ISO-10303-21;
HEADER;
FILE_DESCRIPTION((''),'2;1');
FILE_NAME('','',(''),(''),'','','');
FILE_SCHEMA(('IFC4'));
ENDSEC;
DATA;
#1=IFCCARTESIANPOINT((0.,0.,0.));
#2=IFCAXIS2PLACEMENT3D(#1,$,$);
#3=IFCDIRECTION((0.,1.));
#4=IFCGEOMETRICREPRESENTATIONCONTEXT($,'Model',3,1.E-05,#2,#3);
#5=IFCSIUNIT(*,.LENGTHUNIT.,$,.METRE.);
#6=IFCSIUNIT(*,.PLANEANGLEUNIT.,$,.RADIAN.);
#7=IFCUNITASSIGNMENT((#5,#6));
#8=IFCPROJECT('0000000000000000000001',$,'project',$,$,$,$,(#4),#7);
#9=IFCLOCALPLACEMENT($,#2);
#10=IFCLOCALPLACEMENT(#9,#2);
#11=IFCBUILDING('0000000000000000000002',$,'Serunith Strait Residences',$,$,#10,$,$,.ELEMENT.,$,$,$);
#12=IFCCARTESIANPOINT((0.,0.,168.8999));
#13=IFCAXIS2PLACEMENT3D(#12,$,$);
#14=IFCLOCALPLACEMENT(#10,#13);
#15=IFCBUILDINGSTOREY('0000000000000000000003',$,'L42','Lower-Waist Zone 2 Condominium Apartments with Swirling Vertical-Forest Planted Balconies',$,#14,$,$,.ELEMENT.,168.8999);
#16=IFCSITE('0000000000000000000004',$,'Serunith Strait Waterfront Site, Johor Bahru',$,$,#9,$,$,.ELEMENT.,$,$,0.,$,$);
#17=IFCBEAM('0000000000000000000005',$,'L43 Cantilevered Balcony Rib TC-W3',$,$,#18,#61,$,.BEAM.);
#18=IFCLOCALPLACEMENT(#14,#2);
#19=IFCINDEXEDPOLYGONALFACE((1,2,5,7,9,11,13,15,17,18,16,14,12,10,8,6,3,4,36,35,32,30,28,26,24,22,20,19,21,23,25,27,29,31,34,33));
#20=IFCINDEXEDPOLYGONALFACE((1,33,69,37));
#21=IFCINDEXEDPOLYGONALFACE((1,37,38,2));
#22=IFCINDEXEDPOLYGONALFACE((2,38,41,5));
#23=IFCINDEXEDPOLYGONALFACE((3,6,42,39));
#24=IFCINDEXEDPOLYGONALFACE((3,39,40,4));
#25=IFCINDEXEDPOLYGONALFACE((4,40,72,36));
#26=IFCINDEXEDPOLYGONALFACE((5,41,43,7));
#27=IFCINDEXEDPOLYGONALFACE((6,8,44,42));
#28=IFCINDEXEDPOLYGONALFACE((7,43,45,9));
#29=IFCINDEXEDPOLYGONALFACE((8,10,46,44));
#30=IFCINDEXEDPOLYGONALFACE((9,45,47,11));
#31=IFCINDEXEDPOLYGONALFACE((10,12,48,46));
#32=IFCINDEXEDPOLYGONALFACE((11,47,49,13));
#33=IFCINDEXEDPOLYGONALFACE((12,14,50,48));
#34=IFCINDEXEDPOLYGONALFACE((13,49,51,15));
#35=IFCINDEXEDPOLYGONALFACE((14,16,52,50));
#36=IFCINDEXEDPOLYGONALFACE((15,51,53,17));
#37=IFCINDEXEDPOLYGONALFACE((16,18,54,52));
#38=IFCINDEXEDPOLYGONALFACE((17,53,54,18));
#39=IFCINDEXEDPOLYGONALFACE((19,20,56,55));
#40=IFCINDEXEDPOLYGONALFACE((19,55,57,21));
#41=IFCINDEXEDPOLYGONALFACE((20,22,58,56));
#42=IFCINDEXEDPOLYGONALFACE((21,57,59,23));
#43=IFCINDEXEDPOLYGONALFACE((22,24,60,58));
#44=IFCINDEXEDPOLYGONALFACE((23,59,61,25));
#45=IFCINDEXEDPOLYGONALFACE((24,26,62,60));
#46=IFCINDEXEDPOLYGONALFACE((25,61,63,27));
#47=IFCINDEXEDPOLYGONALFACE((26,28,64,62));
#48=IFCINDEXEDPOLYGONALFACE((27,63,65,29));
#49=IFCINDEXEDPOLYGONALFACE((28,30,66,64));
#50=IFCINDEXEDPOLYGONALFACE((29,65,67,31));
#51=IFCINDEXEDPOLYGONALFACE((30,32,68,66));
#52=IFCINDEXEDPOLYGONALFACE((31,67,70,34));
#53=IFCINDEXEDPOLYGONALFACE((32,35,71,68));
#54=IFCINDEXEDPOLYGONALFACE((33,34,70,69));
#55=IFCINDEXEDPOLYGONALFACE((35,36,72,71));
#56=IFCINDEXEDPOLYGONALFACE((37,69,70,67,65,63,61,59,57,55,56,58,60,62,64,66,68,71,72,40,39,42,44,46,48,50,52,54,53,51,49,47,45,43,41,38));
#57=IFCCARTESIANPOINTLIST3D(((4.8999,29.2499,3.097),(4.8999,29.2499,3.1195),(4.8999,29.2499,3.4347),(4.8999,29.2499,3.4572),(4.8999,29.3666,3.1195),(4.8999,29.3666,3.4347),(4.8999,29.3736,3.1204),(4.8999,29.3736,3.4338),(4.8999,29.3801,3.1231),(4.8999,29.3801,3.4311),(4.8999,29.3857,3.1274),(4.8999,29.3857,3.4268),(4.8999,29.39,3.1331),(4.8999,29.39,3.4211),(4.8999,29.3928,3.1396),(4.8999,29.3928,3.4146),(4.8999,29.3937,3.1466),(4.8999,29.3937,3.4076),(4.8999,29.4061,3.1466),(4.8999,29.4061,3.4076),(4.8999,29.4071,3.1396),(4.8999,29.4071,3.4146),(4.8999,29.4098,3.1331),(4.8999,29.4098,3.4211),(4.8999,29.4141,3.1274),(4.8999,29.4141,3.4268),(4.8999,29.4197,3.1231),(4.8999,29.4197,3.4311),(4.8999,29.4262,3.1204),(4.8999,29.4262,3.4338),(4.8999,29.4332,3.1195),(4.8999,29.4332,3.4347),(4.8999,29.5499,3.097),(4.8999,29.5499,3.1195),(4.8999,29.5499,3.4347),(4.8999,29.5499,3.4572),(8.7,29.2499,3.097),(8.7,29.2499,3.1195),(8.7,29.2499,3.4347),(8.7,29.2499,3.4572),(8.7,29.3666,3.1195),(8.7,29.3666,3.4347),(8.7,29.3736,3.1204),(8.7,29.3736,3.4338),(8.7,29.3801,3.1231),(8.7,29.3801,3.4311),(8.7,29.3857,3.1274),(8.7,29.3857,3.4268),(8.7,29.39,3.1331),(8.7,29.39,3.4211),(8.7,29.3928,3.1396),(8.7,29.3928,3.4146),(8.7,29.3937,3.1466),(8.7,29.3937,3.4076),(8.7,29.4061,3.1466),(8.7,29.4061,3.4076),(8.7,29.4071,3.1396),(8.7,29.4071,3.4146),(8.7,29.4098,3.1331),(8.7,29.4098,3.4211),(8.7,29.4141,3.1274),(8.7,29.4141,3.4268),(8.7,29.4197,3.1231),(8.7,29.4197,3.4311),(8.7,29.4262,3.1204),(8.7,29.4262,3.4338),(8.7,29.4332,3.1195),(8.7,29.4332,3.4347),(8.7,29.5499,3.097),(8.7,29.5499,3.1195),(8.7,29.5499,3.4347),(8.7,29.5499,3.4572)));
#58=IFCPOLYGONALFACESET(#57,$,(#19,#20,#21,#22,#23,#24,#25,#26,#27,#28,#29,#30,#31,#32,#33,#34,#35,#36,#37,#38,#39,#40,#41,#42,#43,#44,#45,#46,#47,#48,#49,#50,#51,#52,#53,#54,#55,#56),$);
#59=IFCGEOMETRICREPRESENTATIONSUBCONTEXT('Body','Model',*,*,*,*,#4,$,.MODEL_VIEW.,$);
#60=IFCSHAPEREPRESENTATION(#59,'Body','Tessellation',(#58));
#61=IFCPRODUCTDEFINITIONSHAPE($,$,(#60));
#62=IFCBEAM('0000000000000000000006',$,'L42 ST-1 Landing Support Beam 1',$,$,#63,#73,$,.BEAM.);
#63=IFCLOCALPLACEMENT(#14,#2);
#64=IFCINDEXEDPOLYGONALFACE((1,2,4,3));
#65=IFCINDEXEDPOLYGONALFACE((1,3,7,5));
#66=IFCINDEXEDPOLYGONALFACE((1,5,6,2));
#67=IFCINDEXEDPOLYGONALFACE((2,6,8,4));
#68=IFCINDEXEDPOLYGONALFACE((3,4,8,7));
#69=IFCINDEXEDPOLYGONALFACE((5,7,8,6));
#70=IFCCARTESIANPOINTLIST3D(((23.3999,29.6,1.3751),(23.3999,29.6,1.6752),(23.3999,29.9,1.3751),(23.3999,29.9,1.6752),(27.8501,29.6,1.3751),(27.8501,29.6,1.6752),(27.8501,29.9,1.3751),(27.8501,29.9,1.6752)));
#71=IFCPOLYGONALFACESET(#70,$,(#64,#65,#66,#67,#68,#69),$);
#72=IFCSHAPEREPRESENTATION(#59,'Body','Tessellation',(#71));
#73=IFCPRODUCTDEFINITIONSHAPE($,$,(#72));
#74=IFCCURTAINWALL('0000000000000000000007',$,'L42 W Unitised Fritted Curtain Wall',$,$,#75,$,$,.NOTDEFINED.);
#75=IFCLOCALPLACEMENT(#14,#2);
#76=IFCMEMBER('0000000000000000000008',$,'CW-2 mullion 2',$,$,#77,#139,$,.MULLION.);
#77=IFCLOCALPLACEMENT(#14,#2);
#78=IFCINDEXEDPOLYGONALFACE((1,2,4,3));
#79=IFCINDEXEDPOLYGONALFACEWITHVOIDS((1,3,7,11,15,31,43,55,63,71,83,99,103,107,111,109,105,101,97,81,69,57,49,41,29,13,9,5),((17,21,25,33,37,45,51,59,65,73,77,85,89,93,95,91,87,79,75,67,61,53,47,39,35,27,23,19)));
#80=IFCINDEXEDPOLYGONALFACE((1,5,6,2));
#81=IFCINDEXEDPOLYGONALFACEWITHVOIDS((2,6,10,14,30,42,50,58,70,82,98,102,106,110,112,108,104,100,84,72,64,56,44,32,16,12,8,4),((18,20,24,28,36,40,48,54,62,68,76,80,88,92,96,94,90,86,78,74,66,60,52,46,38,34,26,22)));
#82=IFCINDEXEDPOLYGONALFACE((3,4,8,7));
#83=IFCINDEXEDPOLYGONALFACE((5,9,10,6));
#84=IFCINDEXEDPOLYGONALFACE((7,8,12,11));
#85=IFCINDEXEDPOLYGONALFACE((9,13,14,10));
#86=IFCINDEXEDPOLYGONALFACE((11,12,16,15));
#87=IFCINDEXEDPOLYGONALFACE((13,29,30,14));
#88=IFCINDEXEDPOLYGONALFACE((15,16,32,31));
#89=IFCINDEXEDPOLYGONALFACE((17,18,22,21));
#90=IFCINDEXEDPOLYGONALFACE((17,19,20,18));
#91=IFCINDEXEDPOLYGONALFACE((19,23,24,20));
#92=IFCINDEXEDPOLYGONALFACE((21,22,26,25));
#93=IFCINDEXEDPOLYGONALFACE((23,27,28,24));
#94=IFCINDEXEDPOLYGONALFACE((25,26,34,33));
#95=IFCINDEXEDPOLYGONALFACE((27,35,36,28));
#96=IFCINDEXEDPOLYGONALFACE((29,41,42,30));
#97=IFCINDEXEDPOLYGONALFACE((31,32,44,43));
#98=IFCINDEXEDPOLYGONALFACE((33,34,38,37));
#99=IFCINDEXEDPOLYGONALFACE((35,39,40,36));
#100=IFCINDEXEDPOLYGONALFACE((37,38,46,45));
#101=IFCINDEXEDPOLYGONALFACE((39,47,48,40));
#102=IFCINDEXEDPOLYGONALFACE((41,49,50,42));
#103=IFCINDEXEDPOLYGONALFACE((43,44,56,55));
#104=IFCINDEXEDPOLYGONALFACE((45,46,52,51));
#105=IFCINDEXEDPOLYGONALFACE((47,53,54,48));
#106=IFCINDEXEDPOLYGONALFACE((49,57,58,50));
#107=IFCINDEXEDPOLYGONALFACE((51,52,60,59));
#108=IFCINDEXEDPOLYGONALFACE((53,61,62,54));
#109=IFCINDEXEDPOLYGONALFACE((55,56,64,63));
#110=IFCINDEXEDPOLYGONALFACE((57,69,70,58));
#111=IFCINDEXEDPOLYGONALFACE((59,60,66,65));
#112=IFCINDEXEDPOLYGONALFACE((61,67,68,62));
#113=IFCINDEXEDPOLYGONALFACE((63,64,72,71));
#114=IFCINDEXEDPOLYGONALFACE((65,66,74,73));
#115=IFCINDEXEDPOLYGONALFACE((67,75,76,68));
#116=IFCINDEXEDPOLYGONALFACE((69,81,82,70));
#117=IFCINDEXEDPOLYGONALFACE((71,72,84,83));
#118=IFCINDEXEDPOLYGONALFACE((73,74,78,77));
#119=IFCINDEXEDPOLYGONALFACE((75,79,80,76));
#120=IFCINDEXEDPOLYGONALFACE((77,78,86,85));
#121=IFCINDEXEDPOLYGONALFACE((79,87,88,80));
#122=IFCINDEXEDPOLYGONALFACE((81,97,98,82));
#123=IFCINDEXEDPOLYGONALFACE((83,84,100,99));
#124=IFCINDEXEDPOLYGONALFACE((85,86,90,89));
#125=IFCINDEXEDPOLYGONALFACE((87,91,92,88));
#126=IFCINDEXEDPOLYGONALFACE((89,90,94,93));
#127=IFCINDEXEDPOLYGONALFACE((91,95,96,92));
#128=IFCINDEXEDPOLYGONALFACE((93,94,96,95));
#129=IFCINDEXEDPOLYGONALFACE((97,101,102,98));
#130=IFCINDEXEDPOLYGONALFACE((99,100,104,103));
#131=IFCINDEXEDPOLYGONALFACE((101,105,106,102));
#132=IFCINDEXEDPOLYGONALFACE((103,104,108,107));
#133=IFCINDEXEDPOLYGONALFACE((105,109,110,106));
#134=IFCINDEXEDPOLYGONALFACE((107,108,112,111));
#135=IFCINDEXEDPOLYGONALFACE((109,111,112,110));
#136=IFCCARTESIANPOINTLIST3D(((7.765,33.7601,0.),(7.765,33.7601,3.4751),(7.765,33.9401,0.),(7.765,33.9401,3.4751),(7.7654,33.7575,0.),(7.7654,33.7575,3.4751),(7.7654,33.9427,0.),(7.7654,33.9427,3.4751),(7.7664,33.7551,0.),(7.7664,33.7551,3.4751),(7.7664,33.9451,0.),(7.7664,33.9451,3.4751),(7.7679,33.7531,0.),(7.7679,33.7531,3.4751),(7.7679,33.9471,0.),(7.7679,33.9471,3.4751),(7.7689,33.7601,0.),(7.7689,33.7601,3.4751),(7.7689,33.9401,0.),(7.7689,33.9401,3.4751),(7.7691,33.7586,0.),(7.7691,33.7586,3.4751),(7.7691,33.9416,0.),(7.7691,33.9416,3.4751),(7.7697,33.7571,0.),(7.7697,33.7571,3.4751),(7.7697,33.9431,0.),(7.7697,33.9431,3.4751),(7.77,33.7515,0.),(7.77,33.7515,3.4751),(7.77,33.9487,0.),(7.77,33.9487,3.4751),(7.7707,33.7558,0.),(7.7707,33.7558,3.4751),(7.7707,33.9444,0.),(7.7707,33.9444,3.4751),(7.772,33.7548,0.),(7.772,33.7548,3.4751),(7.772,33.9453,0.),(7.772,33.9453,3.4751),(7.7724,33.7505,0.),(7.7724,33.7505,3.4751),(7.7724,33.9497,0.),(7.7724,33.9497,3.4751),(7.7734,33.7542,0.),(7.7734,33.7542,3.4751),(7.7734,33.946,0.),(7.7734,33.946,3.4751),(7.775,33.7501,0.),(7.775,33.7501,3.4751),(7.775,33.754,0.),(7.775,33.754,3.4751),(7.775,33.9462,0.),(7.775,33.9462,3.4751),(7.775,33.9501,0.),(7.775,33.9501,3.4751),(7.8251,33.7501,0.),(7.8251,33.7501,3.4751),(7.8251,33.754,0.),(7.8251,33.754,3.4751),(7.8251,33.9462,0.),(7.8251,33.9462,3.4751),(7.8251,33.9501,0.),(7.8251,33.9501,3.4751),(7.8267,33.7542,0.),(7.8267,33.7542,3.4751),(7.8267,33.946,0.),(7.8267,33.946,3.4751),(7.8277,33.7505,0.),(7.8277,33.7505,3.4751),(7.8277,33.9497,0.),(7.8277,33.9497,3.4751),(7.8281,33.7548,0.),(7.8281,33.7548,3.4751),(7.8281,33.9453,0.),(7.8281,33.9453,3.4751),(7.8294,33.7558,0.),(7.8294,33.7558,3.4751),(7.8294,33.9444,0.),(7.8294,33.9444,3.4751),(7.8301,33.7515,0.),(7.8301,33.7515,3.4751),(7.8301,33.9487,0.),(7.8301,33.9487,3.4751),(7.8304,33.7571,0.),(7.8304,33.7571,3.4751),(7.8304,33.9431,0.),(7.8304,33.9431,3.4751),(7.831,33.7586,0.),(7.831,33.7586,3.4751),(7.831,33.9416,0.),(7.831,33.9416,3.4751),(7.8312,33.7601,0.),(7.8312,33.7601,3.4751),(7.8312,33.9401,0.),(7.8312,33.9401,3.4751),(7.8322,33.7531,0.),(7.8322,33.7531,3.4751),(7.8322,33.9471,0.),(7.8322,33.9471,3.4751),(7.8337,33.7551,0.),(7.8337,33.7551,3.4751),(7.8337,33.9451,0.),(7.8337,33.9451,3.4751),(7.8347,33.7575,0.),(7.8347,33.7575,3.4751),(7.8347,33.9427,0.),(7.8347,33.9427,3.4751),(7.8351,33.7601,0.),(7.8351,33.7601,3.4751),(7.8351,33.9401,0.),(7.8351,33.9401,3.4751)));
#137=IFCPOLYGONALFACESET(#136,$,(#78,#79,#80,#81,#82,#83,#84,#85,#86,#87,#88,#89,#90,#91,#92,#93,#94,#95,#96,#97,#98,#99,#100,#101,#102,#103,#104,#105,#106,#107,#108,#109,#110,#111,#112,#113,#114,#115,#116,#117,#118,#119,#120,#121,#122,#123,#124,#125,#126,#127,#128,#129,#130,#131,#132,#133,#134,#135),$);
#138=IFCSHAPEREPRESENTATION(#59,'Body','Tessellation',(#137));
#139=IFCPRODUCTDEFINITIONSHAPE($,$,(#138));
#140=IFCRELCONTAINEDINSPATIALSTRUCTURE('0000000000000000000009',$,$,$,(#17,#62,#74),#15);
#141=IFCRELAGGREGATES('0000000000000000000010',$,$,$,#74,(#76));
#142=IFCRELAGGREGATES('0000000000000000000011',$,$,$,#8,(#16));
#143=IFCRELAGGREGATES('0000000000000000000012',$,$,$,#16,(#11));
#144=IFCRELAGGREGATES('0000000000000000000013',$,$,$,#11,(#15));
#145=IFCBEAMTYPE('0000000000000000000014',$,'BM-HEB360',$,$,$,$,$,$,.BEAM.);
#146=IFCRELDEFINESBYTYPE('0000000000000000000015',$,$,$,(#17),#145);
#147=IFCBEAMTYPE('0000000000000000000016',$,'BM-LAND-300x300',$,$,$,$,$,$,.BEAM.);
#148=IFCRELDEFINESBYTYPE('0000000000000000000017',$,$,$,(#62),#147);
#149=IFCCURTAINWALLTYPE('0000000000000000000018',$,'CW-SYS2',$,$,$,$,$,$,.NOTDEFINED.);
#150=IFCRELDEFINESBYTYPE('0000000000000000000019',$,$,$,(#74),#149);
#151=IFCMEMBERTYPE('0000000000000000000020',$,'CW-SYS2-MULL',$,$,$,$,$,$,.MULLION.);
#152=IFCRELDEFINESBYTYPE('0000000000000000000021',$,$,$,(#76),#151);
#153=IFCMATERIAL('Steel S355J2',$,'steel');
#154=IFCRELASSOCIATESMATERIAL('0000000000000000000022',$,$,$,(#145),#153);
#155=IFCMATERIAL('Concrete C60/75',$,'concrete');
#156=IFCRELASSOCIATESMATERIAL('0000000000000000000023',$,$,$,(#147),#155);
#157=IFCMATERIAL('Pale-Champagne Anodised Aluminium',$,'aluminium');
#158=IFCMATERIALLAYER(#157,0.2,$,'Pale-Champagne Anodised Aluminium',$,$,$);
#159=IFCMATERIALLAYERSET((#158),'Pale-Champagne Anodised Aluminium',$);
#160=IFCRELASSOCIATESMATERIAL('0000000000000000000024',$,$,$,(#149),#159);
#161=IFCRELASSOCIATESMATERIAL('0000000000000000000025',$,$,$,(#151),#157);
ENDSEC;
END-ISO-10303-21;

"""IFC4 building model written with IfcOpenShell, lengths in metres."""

from ifc_helpers import new_model, si_unit, direction, frame, origin, origin_2d, place, context, subcontext, project, spatial, rectangle, hollow_rectangle, i_section, extrude, source, transform, mapped, material, layer, layer_set, material_profile, profile_set, type_object, element, aggregate, save


model = new_model("IFC4")

# Units and contexts
model_context = context("Model", 3, precision=1e-05, world=origin(), true_north=direction((0.0, 1.0)))
body_context = subcontext(model_context, "Body", "Model", "MODEL_VIEW")
ifc_project = project(units=[si_unit("LENGTHUNIT", "METRE"), si_unit("PLANEANGLEUNIT", "RADIAN")], contexts=[model_context])

# Site, building, storey
site_placement = place(None, origin())
site = spatial("IfcSite", under=ifc_project, at=site_placement, Name="Serunith Strait Waterfront Site, Johor Bahru", CompositionType="ELEMENT", RefElevation=0.0)
building_placement = place(site_placement, origin())
building = spatial("IfcBuilding", under=site, at=building_placement, Name="Serunith Strait Residences", CompositionType="ELEMENT")
storey_placement = place(building_placement, frame((0.0, 0.0, 168.8999)))
storey = spatial("IfcBuildingStorey", under=building, at=storey_placement, Name="L42", Description="Lower-Waist Zone 2 Condominium Apartments with Swirling Vertical-Forest Planted Balconies", CompositionType="ELEMENT", Elevation=168.8999)

# Beams
ifc_material_1 = material(Name="Steel S355J2", Category="steel")
ifc_material_profile_1 = material_profile(ifc_material_1, i_section(OverallWidth=0.3, OverallDepth=0.3601, WebThickness=0.0125, FlangeThickness=0.0225, FilletRadius=0.0271, at=origin_2d()), Name="HEB 360")
ifc_profile_set_1 = profile_set([ifc_material_profile_1], Name="Steel S355J2")
beam_type_1 = type_object("IfcBeamType", Name="BM-HEB360", PredefinedType="BEAM", material=ifc_profile_set_1)
shared_shape_1 = source(origin(), body_context, "Body", "SweptSolid", [
    extrude(i_section(OverallWidth=0.3, OverallDepth=0.3601, WebThickness=0.0125, FlangeThickness=0.0225, FilletRadius=0.0271, at=origin_2d()), origin(), (0.0, 0.0, 1.0), 3.8),
])
beam_1_placement = place(storey_placement, frame((8.7, 29.3999, 3.2771), z_axis=(-1.0, 0.0, 0.0), x_axis=(0.0, -1.0, 0.0)))
element("IfcBeam", 1, at=beam_1_placement, inside=storey, type_object=beam_type_1, Name="L43 Cantilevered Balcony Rib TC-W3", PredefinedType="BEAM", context=body_context, shape_type="MappedRepresentation", body=[
    mapped(shared_shape_1, transform((0.0, 0.0, 0.0), scale=1.0)),
])
ifc_material_2 = material(Name="Concrete C60/75", Category="concrete")
ifc_material_profile_2 = material_profile(ifc_material_2, rectangle(XDim=0.3, YDim=0.3, at=origin_2d()), Name="RC 300x300")
ifc_profile_set_2 = profile_set([ifc_material_profile_2], Name="Concrete C60/75")
beam_type_2 = type_object("IfcBeamType", Name="BM-LAND-300x300", PredefinedType="BEAM", material=ifc_profile_set_2)
shared_shape_2 = source(origin(), body_context, "Body", "SweptSolid", [
    extrude(rectangle(XDim=0.3, YDim=0.3, at=origin_2d()), origin(), (0.0, 0.0, 1.0), 4.4502),
])
beam_2_placement = place(storey_placement, frame((23.3999, 29.75, 1.5251), z_axis=(1.0, 0.0, 0.0), x_axis=(0.0, 1.0, 0.0)))
element("IfcBeam", 2, at=beam_2_placement, inside=storey, type_object=beam_type_2, Name="L42 ST-1 Landing Support Beam 1", PredefinedType="BEAM", context=body_context, shape_type="MappedRepresentation", body=[
    mapped(shared_shape_2, transform((0.0, 0.0, 0.0), scale=1.0)),
])

# Curtain wall, member
ifc_material_3 = material(Name="Pale-Champagne Anodised Aluminium", Category="aluminium")
ifc_layer_1 = layer(ifc_material_3, 0.2, Name="Pale-Champagne Anodised Aluminium")
ifc_layer_set_1 = layer_set([ifc_layer_1], Name="Pale-Champagne Anodised Aluminium")
curtain_wall_type = type_object("IfcCurtainWallType", Name="CW-SYS2", PredefinedType="NOTDEFINED", material=ifc_layer_set_1)
curtain_wall_1_placement = place(storey_placement, origin())
curtain_wall_1 = element("IfcCurtainWall", 3, at=curtain_wall_1_placement, inside=storey, type_object=curtain_wall_type, Name="L42 W Unitised Fritted Curtain Wall", PredefinedType="NOTDEFINED")
ifc_material_profile_3 = material_profile(ifc_material_3, hollow_rectangle(XDim=0.0701, YDim=0.2, WallThickness=0.0039, InnerFilletRadius=0.0061, OuterFilletRadius=0.01, at=origin_2d()), Name="ALU 200x70x4")
ifc_profile_set_3 = profile_set([ifc_material_profile_3], Name="Pale-Champagne Anodised Aluminium")
member_type_1 = type_object("IfcMemberType", Name="CW-SYS2-MULL", PredefinedType="MULLION", material=ifc_profile_set_3)
shared_shape_3 = source(origin(), body_context, "Body", "SweptSolid", [
    extrude(hollow_rectangle(XDim=0.0701, YDim=0.2, WallThickness=0.0039, InnerFilletRadius=0.0061, OuterFilletRadius=0.01, at=origin_2d()), origin(), (0.0, 0.0, 1.0), 3.4751),
])
member_1_placement = place(storey_placement, frame((7.8, 33.8501, 0.0), z_axis=(0.0, 0.0, 1.0), x_axis=(1.0, 0.0, 0.0)))
member_1 = element("IfcMember", 4, at=member_1_placement, type_object=member_type_1, Name="CW-2 mullion 2", PredefinedType="MULLION", context=body_context, shape_type="MappedRepresentation", body=[
    mapped(shared_shape_3, transform((0.0, 0.0, 0.0), scale=1.0)),
])

aggregate(curtain_wall_1, [member_1])

save(model, "model.ifc")
